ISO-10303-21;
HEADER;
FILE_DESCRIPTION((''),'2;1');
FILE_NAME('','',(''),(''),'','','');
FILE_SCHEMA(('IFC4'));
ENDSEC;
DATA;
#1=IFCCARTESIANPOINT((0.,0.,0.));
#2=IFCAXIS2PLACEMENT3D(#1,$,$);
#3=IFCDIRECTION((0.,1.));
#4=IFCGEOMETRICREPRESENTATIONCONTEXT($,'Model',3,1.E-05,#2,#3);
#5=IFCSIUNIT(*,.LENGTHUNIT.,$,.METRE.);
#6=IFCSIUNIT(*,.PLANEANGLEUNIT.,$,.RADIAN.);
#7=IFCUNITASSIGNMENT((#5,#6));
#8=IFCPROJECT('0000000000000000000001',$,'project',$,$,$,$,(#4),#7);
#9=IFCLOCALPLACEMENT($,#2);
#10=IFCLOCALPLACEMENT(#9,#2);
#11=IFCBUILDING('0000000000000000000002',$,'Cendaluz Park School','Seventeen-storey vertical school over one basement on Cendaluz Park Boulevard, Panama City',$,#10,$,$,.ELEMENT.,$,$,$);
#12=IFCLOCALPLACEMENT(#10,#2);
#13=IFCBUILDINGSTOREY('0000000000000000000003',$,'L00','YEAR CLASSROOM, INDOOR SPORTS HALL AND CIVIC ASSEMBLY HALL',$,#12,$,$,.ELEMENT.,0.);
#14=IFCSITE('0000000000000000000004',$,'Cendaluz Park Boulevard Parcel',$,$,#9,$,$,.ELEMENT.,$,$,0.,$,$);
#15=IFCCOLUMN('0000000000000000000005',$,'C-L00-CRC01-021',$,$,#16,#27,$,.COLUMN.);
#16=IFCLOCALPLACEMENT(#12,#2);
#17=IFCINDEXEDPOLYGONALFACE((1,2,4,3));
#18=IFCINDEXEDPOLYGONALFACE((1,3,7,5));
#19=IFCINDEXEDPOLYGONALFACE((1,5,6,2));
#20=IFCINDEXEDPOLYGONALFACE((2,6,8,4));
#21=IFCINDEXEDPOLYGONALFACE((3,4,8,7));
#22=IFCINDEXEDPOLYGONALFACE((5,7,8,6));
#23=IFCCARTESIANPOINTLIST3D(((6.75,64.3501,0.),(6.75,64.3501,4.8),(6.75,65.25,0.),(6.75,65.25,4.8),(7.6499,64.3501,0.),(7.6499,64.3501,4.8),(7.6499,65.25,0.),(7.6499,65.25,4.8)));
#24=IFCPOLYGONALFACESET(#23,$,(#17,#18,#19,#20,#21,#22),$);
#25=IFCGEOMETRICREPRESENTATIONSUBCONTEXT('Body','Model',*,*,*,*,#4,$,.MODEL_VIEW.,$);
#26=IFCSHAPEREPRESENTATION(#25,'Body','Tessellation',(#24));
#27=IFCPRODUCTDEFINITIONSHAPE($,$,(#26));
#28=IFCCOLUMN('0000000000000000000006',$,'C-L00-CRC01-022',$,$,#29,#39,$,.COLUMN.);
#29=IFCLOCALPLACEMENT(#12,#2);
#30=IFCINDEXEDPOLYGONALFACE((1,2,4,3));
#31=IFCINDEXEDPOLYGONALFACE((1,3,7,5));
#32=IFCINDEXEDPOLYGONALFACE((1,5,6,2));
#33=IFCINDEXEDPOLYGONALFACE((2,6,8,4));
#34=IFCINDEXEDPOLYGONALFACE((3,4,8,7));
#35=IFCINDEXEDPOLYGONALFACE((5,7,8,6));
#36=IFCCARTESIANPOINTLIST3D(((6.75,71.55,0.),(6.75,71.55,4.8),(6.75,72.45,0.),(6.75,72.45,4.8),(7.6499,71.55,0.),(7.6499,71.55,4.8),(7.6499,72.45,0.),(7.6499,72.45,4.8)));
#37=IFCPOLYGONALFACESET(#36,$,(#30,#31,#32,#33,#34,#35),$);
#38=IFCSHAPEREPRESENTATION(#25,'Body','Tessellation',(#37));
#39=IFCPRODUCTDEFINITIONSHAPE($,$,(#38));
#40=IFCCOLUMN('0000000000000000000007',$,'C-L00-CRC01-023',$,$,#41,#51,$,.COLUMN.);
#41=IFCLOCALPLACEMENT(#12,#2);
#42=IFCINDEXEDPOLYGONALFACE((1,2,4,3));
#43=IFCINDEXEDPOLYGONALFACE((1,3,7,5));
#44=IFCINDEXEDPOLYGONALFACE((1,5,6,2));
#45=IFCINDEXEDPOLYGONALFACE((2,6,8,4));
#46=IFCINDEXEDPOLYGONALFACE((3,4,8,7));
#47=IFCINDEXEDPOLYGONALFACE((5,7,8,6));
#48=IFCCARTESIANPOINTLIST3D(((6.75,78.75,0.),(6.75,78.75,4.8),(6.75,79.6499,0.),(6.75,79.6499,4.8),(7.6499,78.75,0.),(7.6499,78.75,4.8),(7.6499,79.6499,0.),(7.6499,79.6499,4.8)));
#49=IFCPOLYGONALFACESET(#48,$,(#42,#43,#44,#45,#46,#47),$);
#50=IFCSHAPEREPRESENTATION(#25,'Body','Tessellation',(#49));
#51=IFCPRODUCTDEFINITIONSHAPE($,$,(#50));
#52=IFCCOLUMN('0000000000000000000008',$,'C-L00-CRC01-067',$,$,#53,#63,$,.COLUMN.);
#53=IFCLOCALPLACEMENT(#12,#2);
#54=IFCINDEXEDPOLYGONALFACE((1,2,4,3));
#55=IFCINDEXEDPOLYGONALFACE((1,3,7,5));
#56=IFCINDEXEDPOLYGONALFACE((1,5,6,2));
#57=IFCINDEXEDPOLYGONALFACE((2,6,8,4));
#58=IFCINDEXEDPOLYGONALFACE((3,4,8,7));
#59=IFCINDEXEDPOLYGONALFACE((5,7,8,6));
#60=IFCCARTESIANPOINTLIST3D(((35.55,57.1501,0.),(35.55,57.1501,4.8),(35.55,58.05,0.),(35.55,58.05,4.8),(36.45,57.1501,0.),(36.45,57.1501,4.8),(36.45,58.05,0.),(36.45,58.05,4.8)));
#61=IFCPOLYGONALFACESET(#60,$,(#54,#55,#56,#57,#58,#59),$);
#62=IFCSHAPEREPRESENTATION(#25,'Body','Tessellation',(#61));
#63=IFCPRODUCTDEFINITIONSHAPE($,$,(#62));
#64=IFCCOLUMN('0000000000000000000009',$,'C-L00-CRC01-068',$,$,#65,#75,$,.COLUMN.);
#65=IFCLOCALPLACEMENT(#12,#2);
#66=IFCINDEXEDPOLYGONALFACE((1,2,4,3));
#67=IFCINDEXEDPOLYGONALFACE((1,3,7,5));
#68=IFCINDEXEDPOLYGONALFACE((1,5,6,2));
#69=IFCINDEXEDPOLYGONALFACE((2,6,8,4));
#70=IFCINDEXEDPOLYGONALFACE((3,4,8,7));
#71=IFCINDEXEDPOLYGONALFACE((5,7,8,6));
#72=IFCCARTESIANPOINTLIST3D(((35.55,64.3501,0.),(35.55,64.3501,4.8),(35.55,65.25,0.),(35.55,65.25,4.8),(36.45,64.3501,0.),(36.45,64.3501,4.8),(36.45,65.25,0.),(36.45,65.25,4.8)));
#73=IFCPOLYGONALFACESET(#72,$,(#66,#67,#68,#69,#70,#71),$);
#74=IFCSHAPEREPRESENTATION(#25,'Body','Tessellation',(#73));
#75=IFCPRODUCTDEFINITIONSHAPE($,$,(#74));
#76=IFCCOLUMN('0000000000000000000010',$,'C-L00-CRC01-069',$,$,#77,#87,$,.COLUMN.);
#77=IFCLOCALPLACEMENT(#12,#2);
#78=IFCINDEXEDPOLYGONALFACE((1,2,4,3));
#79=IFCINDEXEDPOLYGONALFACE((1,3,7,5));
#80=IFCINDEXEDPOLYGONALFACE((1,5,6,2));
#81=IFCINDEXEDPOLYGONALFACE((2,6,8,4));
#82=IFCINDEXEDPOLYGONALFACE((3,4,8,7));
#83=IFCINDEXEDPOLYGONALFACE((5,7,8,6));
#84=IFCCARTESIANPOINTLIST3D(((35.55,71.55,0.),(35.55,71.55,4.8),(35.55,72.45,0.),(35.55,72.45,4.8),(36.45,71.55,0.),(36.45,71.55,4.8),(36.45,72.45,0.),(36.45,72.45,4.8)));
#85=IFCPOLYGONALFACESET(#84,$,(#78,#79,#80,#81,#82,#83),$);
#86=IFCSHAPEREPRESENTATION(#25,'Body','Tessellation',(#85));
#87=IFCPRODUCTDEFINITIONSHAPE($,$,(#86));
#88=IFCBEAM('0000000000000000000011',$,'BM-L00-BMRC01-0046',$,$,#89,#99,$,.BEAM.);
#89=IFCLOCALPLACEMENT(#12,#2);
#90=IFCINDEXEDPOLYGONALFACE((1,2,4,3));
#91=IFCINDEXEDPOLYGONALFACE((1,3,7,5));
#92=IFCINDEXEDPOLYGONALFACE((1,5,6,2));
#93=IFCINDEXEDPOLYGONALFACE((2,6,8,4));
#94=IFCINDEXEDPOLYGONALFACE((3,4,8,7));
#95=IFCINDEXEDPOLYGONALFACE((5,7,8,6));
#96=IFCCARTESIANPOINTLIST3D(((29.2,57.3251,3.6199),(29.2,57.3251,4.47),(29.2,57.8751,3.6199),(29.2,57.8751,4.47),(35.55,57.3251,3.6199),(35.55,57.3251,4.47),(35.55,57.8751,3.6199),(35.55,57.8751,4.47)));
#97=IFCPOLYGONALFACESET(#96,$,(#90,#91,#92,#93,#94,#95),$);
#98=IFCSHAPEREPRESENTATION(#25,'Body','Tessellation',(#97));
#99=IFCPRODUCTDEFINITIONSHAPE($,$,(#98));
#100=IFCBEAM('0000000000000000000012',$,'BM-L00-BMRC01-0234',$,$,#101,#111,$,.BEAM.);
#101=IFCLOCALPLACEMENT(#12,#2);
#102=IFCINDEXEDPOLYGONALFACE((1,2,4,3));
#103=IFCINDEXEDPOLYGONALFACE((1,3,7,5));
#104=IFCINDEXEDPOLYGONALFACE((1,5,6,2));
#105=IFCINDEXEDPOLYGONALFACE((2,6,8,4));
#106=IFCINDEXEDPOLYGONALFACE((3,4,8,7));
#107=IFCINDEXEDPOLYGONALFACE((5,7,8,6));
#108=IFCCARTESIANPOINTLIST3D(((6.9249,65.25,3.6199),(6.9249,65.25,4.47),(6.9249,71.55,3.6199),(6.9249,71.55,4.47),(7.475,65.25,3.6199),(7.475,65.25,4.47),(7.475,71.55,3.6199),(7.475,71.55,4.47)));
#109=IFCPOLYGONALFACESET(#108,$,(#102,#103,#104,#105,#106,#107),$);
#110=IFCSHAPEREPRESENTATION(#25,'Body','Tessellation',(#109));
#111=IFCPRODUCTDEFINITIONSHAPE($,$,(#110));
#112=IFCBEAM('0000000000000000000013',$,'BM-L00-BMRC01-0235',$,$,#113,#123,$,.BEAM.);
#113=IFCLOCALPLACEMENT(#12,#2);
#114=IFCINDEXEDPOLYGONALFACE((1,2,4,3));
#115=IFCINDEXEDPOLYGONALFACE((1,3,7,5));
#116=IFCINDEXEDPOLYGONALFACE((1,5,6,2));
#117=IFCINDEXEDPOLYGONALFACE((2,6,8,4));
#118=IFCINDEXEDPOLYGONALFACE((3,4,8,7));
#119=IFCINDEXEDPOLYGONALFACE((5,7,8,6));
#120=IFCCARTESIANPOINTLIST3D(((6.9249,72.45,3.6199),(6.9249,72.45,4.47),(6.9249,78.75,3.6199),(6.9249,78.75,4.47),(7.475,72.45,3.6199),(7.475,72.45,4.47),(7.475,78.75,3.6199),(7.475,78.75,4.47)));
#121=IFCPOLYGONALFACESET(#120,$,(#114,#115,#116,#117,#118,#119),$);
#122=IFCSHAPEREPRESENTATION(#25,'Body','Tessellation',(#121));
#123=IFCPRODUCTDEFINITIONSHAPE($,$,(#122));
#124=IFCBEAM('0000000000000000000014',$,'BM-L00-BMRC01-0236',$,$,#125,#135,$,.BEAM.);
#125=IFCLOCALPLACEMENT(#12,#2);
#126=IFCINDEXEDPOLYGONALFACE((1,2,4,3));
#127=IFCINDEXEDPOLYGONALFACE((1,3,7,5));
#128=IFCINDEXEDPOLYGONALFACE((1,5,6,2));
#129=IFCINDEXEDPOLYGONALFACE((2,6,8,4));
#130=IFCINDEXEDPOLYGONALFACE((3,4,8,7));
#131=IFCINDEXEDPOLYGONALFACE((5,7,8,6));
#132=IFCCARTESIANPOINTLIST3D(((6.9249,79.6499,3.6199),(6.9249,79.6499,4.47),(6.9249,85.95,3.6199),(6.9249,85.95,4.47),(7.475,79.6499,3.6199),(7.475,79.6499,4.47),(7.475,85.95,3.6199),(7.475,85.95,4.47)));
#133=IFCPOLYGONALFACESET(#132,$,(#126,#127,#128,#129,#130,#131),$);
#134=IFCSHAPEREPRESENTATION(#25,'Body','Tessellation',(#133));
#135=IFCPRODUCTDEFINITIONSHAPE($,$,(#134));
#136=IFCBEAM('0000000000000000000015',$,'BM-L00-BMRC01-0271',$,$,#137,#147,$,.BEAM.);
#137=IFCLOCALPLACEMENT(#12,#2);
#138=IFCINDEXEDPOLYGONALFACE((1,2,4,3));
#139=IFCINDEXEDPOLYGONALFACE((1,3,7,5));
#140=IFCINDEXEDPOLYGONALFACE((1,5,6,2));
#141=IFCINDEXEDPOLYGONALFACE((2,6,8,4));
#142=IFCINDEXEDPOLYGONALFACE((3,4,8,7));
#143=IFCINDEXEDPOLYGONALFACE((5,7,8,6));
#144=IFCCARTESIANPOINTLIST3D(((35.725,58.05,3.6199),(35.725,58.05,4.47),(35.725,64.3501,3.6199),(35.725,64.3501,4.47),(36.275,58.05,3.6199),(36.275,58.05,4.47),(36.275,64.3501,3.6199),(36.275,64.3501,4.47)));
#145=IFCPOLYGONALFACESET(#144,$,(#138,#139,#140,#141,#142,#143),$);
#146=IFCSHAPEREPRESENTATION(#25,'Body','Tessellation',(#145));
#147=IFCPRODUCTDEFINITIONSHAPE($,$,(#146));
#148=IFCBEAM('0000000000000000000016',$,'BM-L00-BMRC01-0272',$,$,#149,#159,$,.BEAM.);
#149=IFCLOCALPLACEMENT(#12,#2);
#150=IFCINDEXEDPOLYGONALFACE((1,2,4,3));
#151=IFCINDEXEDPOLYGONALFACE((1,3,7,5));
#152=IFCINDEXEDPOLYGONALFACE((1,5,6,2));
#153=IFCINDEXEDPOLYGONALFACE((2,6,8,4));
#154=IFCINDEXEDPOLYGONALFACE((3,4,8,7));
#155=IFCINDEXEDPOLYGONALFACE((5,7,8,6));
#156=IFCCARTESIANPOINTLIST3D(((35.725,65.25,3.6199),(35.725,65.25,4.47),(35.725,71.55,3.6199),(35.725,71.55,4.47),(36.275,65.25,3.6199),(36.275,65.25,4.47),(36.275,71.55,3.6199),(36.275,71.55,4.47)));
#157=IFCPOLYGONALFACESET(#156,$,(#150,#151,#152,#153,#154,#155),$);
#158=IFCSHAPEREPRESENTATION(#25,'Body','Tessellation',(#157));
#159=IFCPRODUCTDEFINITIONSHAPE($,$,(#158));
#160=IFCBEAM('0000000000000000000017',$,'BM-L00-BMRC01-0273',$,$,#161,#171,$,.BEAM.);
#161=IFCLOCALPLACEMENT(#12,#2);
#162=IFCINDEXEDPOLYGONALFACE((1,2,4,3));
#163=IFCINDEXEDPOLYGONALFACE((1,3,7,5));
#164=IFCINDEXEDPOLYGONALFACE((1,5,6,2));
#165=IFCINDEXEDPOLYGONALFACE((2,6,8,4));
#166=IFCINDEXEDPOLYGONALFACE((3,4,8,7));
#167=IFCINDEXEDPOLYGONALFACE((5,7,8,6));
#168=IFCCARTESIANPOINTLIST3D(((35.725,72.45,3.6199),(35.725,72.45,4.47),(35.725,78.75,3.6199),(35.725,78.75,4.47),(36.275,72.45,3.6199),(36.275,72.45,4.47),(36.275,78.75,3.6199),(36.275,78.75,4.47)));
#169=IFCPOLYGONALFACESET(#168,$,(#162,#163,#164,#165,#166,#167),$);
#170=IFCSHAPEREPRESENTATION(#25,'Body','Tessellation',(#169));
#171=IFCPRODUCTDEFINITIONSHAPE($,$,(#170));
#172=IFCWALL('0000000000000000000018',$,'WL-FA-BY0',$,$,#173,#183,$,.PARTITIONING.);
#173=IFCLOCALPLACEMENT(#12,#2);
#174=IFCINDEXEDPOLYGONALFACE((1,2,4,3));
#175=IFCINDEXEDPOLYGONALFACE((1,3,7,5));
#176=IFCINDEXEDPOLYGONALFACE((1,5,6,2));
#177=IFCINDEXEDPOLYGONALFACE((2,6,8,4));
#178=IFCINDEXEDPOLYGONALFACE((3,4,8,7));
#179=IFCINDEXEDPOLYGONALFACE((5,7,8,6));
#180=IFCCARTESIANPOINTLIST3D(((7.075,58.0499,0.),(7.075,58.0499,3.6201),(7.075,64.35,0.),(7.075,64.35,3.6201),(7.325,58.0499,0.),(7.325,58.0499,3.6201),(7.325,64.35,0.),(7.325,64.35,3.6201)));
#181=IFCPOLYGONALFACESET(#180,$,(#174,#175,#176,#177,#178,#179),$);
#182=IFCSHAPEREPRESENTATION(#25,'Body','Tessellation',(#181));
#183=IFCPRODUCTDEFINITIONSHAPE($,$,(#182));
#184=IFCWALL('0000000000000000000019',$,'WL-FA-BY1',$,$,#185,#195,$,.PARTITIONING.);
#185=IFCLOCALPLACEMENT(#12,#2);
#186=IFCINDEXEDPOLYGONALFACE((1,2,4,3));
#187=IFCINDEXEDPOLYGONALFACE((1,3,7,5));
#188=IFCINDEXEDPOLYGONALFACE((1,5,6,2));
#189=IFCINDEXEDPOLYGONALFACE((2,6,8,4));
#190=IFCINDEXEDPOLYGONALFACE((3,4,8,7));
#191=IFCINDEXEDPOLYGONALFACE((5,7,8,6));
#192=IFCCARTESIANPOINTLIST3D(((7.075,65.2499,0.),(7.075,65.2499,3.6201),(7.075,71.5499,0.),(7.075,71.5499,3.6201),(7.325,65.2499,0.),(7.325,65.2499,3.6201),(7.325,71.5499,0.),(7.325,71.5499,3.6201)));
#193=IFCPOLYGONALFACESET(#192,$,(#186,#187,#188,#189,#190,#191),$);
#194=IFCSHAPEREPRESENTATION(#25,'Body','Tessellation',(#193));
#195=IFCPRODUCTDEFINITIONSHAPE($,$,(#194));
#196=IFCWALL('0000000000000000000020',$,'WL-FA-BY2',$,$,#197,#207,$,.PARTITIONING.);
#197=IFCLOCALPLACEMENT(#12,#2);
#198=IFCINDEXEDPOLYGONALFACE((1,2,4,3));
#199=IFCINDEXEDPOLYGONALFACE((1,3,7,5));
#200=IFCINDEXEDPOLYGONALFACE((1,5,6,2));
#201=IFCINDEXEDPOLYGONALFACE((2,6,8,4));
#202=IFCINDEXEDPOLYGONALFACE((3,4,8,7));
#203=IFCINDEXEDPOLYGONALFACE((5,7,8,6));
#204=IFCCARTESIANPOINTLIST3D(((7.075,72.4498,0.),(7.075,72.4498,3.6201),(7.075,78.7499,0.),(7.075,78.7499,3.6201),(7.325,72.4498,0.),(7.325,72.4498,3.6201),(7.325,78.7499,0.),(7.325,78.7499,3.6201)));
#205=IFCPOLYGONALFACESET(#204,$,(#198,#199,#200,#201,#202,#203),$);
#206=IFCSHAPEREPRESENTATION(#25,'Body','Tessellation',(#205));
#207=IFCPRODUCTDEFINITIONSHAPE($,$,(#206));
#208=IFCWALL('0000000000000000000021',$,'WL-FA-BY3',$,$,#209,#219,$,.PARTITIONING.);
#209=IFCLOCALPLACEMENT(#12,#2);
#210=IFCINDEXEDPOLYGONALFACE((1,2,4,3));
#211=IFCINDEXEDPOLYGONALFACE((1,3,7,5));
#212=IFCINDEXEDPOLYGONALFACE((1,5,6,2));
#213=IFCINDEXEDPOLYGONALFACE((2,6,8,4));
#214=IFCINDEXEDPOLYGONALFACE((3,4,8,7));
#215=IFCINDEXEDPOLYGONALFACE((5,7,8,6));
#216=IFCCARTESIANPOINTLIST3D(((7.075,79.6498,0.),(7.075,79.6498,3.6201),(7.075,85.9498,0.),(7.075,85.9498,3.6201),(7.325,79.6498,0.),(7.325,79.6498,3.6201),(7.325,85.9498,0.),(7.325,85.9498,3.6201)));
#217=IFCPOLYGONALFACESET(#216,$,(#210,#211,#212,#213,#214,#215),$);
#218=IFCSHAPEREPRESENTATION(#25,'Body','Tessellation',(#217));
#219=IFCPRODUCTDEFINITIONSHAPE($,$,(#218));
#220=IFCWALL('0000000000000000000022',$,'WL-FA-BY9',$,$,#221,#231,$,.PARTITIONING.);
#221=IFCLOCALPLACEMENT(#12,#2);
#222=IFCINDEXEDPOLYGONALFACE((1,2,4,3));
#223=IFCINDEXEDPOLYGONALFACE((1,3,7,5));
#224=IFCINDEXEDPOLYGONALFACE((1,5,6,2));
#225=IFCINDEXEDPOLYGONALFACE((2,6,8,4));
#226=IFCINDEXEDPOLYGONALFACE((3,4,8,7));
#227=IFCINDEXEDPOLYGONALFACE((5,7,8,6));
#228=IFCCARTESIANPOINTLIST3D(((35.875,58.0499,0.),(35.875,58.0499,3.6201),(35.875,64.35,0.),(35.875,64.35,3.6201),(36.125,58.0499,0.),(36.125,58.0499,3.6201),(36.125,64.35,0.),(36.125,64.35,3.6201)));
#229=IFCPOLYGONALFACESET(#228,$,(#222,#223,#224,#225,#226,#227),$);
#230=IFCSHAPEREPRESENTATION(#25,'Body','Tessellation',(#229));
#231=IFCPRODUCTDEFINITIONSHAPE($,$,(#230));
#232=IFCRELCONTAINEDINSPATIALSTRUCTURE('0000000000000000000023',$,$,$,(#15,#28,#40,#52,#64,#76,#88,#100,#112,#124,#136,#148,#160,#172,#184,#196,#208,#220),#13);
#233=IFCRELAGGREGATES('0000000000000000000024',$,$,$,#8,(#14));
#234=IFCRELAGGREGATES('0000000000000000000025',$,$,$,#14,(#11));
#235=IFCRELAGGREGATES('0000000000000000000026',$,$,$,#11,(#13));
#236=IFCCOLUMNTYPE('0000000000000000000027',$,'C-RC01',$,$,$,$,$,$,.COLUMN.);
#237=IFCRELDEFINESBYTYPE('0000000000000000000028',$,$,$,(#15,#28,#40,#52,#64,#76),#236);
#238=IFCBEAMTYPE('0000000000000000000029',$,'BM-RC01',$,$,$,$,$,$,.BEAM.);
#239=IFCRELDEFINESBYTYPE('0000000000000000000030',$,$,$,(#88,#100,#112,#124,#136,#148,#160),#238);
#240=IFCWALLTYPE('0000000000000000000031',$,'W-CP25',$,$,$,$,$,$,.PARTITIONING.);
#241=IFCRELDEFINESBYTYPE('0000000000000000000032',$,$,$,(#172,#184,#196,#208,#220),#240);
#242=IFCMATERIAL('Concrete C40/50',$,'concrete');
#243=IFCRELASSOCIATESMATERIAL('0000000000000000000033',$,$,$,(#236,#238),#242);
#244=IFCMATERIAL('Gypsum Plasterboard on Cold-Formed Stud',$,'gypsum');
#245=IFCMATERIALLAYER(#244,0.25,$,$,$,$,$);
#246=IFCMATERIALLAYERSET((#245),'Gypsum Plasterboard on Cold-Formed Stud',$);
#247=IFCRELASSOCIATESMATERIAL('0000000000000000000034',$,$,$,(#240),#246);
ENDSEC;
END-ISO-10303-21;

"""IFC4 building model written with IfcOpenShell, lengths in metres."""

from ifc_helpers import new_model, si_unit, direction, frame, frame_2d, origin, origin_2d, place, context, subcontext, project, spatial, rectangle, extrude, material, layer, layer_set, material_profile, profile_set, type_object, element, save


model = new_model("IFC4")

# Units and contexts
model_context = context("Model", 3, precision=1e-05, world=origin(), true_north=direction((0.0, 1.0)))
body_context = subcontext(model_context, "Body", "Model", "MODEL_VIEW")
ifc_project = project(units=[si_unit("LENGTHUNIT", "METRE"), si_unit("PLANEANGLEUNIT", "RADIAN")], contexts=[model_context])

# Site, building, storey
site_placement = place(None, origin())
site = spatial("IfcSite", under=ifc_project, at=site_placement, Name="Cendaluz Park Boulevard Parcel", CompositionType="ELEMENT", RefElevation=0.0)
building_placement = place(site_placement, origin())
building = spatial("IfcBuilding", under=site, at=building_placement, Name="Cendaluz Park School", Description="Seventeen-storey vertical school over one basement on Cendaluz Park Boulevard, Panama City", CompositionType="ELEMENT")
storey_placement = place(building_placement, origin())
storey = spatial("IfcBuildingStorey", under=building, at=storey_placement, Name="L00", Description="YEAR CLASSROOM, INDOOR SPORTS HALL AND CIVIC ASSEMBLY HALL", CompositionType="ELEMENT", Elevation=0.0)

# Columns
ifc_material_1 = material(Name="Concrete C40/50", Category="concrete")
ifc_material_profile_1 = material_profile(ifc_material_1, rectangle(XDim=0.8999, YDim=0.8999, at=origin_2d()), Name="RC 900x900", Category="concrete")
ifc_profile_set_1 = profile_set([ifc_material_profile_1], Name="Concrete C40/50")
column_type = type_object("IfcColumnType", Name="C-RC01", PredefinedType="COLUMN", material=ifc_profile_set_1)
for number, where, z_axis, x_axis, name in (
    (1, (7.2, 64.8, 0.0), (0.0, 0.0, 1.0), (1.0, 0.0, 0.0), "C-L00-CRC01-021"),
    (2, (7.2, 72.0, 0.0), (0.0, 0.0, 1.0), (1.0, 0.0, 0.0), "C-L00-CRC01-022"),
    (3, (7.2, 79.2, 0.0), (0.0, 0.0, 1.0), (1.0, 0.0, 0.0), "C-L00-CRC01-023"),
    (4, (36.0, 57.6001, 0.0), (0.0, 0.0, 1.0), (1.0, 0.0, 0.0), "C-L00-CRC01-067"),
    (5, (36.0, 64.8, 0.0), (0.0, 0.0, 1.0), (1.0, 0.0, 0.0), "C-L00-CRC01-068"),
    (6, (36.0, 72.0, 0.0), (0.0, 0.0, 1.0), (1.0, 0.0, 0.0), "C-L00-CRC01-069"),
):
    element("IfcColumn", number, at=place(storey_placement, frame(where, z_axis=z_axis, x_axis=x_axis)), inside=storey, type_object=column_type, Name=name, PredefinedType="COLUMN", context=body_context, shape_type="SweptSolid", body=[
        extrude(rectangle(XDim=0.8999, YDim=0.8999, at=origin_2d()), origin(), (0.0, 0.0, 1.0), 4.8),
    ])

# Beams
ifc_material_profile_2 = material_profile(ifc_material_1, rectangle(XDim=0.55, YDim=0.8501, at=origin_2d()), Name="RC 550x850", Category="concrete")
ifc_profile_set_2 = profile_set([ifc_material_profile_2], Name="Concrete C40/50")
beam_type = type_object("IfcBeamType", Name="BM-RC01", PredefinedType="BEAM", material=ifc_profile_set_2)
beam_placement = place(storey_placement, frame((29.2, 57.6001, 4.0449), z_axis=(1.0, 0.0, 0.0), x_axis=(0.0, 1.0, 0.0)))
element("IfcBeam", 7, at=beam_placement, inside=storey, type_object=beam_type, Name="BM-L00-BMRC01-0046", PredefinedType="BEAM", context=body_context, shape_type="SweptSolid", body=[
    extrude(rectangle(XDim=0.55, YDim=0.8501, at=origin_2d()), origin(), (0.0, 0.0, 1.0), 6.3501),
])
for number, where, z_axis, x_axis, name in (
    (8, (7.2, 65.25, 4.0449), (0.0, 1.0, 0.0), (-1.0, 0.0, 0.0), "BM-L00-BMRC01-0234"),
    (9, (7.2, 72.45, 4.0449), (0.0, 1.0, 0.0), (-1.0, 0.0, 0.0), "BM-L00-BMRC01-0235"),
    (10, (7.2, 79.6499, 4.0449), (0.0, 1.0, 0.0), (-1.0, 0.0, 0.0), "BM-L00-BMRC01-0236"),
    (11, (36.0, 58.05, 4.0449), (0.0, 1.0, 0.0), (-1.0, 0.0, 0.0), "BM-L00-BMRC01-0271"),
    (12, (36.0, 65.25, 4.0449), (0.0, 1.0, 0.0), (-1.0, 0.0, 0.0), "BM-L00-BMRC01-0272"),
    (13, (36.0, 72.45, 4.0449), (0.0, 1.0, 0.0), (-1.0, 0.0, 0.0), "BM-L00-BMRC01-0273"),
):
    element("IfcBeam", number, at=place(storey_placement, frame(where, z_axis=z_axis, x_axis=x_axis)), inside=storey, type_object=beam_type, Name=name, PredefinedType="BEAM", context=body_context, shape_type="SweptSolid", body=[
        extrude(rectangle(XDim=0.55, YDim=0.8501, at=origin_2d()), origin(), (0.0, 0.0, 1.0), 6.3),
    ])

# Walls
ifc_material_2 = material(Name="Gypsum Plasterboard on Cold-Formed Stud", Category="gypsum")
ifc_layer_1 = layer(ifc_material_2, 0.25)
ifc_layer_set_1 = layer_set([ifc_layer_1], Name="Gypsum Plasterboard on Cold-Formed Stud")
wall_type_1 = type_object("IfcWallType", Name="W-CP25", PredefinedType="PARTITIONING", material=ifc_layer_set_1)
for number, where, z_axis, x_axis, name in (
    (14, (7.2, 58.05, 0.0), (0.0, 0.0, 1.0), (0.0, 1.0, 0.0), "WL-FA-BY0"),
    (15, (7.2, 65.25, 0.0), (0.0, 0.0, 1.0), (0.0, 1.0, 0.0), "WL-FA-BY1"),
    (16, (7.2, 72.45, 0.0), (0.0, 0.0, 1.0), (0.0, 1.0, 0.0), "WL-FA-BY2"),
    (17, (7.2, 79.6499, 0.0), (0.0, 0.0, 1.0), (0.0, 1.0, 0.0), "WL-FA-BY3"),
    (18, (36.0, 58.05, 0.0), (0.0, 0.0, 1.0), (0.0, 1.0, 0.0), "WL-FA-BY9"),
):
    element("IfcWall", number, at=place(storey_placement, frame(where, z_axis=z_axis, x_axis=x_axis)), inside=storey, type_object=wall_type_1, Name=name, PredefinedType="PARTITIONING", context=body_context, shape_type="SweptSolid", body=[
        extrude(rectangle(XDim=6.3, YDim=0.25, at=frame_2d((3.1499, 0.0))), origin(), (0.0, 0.0, 1.0), 3.6201),
    ])

save(model, "model.ifc")
